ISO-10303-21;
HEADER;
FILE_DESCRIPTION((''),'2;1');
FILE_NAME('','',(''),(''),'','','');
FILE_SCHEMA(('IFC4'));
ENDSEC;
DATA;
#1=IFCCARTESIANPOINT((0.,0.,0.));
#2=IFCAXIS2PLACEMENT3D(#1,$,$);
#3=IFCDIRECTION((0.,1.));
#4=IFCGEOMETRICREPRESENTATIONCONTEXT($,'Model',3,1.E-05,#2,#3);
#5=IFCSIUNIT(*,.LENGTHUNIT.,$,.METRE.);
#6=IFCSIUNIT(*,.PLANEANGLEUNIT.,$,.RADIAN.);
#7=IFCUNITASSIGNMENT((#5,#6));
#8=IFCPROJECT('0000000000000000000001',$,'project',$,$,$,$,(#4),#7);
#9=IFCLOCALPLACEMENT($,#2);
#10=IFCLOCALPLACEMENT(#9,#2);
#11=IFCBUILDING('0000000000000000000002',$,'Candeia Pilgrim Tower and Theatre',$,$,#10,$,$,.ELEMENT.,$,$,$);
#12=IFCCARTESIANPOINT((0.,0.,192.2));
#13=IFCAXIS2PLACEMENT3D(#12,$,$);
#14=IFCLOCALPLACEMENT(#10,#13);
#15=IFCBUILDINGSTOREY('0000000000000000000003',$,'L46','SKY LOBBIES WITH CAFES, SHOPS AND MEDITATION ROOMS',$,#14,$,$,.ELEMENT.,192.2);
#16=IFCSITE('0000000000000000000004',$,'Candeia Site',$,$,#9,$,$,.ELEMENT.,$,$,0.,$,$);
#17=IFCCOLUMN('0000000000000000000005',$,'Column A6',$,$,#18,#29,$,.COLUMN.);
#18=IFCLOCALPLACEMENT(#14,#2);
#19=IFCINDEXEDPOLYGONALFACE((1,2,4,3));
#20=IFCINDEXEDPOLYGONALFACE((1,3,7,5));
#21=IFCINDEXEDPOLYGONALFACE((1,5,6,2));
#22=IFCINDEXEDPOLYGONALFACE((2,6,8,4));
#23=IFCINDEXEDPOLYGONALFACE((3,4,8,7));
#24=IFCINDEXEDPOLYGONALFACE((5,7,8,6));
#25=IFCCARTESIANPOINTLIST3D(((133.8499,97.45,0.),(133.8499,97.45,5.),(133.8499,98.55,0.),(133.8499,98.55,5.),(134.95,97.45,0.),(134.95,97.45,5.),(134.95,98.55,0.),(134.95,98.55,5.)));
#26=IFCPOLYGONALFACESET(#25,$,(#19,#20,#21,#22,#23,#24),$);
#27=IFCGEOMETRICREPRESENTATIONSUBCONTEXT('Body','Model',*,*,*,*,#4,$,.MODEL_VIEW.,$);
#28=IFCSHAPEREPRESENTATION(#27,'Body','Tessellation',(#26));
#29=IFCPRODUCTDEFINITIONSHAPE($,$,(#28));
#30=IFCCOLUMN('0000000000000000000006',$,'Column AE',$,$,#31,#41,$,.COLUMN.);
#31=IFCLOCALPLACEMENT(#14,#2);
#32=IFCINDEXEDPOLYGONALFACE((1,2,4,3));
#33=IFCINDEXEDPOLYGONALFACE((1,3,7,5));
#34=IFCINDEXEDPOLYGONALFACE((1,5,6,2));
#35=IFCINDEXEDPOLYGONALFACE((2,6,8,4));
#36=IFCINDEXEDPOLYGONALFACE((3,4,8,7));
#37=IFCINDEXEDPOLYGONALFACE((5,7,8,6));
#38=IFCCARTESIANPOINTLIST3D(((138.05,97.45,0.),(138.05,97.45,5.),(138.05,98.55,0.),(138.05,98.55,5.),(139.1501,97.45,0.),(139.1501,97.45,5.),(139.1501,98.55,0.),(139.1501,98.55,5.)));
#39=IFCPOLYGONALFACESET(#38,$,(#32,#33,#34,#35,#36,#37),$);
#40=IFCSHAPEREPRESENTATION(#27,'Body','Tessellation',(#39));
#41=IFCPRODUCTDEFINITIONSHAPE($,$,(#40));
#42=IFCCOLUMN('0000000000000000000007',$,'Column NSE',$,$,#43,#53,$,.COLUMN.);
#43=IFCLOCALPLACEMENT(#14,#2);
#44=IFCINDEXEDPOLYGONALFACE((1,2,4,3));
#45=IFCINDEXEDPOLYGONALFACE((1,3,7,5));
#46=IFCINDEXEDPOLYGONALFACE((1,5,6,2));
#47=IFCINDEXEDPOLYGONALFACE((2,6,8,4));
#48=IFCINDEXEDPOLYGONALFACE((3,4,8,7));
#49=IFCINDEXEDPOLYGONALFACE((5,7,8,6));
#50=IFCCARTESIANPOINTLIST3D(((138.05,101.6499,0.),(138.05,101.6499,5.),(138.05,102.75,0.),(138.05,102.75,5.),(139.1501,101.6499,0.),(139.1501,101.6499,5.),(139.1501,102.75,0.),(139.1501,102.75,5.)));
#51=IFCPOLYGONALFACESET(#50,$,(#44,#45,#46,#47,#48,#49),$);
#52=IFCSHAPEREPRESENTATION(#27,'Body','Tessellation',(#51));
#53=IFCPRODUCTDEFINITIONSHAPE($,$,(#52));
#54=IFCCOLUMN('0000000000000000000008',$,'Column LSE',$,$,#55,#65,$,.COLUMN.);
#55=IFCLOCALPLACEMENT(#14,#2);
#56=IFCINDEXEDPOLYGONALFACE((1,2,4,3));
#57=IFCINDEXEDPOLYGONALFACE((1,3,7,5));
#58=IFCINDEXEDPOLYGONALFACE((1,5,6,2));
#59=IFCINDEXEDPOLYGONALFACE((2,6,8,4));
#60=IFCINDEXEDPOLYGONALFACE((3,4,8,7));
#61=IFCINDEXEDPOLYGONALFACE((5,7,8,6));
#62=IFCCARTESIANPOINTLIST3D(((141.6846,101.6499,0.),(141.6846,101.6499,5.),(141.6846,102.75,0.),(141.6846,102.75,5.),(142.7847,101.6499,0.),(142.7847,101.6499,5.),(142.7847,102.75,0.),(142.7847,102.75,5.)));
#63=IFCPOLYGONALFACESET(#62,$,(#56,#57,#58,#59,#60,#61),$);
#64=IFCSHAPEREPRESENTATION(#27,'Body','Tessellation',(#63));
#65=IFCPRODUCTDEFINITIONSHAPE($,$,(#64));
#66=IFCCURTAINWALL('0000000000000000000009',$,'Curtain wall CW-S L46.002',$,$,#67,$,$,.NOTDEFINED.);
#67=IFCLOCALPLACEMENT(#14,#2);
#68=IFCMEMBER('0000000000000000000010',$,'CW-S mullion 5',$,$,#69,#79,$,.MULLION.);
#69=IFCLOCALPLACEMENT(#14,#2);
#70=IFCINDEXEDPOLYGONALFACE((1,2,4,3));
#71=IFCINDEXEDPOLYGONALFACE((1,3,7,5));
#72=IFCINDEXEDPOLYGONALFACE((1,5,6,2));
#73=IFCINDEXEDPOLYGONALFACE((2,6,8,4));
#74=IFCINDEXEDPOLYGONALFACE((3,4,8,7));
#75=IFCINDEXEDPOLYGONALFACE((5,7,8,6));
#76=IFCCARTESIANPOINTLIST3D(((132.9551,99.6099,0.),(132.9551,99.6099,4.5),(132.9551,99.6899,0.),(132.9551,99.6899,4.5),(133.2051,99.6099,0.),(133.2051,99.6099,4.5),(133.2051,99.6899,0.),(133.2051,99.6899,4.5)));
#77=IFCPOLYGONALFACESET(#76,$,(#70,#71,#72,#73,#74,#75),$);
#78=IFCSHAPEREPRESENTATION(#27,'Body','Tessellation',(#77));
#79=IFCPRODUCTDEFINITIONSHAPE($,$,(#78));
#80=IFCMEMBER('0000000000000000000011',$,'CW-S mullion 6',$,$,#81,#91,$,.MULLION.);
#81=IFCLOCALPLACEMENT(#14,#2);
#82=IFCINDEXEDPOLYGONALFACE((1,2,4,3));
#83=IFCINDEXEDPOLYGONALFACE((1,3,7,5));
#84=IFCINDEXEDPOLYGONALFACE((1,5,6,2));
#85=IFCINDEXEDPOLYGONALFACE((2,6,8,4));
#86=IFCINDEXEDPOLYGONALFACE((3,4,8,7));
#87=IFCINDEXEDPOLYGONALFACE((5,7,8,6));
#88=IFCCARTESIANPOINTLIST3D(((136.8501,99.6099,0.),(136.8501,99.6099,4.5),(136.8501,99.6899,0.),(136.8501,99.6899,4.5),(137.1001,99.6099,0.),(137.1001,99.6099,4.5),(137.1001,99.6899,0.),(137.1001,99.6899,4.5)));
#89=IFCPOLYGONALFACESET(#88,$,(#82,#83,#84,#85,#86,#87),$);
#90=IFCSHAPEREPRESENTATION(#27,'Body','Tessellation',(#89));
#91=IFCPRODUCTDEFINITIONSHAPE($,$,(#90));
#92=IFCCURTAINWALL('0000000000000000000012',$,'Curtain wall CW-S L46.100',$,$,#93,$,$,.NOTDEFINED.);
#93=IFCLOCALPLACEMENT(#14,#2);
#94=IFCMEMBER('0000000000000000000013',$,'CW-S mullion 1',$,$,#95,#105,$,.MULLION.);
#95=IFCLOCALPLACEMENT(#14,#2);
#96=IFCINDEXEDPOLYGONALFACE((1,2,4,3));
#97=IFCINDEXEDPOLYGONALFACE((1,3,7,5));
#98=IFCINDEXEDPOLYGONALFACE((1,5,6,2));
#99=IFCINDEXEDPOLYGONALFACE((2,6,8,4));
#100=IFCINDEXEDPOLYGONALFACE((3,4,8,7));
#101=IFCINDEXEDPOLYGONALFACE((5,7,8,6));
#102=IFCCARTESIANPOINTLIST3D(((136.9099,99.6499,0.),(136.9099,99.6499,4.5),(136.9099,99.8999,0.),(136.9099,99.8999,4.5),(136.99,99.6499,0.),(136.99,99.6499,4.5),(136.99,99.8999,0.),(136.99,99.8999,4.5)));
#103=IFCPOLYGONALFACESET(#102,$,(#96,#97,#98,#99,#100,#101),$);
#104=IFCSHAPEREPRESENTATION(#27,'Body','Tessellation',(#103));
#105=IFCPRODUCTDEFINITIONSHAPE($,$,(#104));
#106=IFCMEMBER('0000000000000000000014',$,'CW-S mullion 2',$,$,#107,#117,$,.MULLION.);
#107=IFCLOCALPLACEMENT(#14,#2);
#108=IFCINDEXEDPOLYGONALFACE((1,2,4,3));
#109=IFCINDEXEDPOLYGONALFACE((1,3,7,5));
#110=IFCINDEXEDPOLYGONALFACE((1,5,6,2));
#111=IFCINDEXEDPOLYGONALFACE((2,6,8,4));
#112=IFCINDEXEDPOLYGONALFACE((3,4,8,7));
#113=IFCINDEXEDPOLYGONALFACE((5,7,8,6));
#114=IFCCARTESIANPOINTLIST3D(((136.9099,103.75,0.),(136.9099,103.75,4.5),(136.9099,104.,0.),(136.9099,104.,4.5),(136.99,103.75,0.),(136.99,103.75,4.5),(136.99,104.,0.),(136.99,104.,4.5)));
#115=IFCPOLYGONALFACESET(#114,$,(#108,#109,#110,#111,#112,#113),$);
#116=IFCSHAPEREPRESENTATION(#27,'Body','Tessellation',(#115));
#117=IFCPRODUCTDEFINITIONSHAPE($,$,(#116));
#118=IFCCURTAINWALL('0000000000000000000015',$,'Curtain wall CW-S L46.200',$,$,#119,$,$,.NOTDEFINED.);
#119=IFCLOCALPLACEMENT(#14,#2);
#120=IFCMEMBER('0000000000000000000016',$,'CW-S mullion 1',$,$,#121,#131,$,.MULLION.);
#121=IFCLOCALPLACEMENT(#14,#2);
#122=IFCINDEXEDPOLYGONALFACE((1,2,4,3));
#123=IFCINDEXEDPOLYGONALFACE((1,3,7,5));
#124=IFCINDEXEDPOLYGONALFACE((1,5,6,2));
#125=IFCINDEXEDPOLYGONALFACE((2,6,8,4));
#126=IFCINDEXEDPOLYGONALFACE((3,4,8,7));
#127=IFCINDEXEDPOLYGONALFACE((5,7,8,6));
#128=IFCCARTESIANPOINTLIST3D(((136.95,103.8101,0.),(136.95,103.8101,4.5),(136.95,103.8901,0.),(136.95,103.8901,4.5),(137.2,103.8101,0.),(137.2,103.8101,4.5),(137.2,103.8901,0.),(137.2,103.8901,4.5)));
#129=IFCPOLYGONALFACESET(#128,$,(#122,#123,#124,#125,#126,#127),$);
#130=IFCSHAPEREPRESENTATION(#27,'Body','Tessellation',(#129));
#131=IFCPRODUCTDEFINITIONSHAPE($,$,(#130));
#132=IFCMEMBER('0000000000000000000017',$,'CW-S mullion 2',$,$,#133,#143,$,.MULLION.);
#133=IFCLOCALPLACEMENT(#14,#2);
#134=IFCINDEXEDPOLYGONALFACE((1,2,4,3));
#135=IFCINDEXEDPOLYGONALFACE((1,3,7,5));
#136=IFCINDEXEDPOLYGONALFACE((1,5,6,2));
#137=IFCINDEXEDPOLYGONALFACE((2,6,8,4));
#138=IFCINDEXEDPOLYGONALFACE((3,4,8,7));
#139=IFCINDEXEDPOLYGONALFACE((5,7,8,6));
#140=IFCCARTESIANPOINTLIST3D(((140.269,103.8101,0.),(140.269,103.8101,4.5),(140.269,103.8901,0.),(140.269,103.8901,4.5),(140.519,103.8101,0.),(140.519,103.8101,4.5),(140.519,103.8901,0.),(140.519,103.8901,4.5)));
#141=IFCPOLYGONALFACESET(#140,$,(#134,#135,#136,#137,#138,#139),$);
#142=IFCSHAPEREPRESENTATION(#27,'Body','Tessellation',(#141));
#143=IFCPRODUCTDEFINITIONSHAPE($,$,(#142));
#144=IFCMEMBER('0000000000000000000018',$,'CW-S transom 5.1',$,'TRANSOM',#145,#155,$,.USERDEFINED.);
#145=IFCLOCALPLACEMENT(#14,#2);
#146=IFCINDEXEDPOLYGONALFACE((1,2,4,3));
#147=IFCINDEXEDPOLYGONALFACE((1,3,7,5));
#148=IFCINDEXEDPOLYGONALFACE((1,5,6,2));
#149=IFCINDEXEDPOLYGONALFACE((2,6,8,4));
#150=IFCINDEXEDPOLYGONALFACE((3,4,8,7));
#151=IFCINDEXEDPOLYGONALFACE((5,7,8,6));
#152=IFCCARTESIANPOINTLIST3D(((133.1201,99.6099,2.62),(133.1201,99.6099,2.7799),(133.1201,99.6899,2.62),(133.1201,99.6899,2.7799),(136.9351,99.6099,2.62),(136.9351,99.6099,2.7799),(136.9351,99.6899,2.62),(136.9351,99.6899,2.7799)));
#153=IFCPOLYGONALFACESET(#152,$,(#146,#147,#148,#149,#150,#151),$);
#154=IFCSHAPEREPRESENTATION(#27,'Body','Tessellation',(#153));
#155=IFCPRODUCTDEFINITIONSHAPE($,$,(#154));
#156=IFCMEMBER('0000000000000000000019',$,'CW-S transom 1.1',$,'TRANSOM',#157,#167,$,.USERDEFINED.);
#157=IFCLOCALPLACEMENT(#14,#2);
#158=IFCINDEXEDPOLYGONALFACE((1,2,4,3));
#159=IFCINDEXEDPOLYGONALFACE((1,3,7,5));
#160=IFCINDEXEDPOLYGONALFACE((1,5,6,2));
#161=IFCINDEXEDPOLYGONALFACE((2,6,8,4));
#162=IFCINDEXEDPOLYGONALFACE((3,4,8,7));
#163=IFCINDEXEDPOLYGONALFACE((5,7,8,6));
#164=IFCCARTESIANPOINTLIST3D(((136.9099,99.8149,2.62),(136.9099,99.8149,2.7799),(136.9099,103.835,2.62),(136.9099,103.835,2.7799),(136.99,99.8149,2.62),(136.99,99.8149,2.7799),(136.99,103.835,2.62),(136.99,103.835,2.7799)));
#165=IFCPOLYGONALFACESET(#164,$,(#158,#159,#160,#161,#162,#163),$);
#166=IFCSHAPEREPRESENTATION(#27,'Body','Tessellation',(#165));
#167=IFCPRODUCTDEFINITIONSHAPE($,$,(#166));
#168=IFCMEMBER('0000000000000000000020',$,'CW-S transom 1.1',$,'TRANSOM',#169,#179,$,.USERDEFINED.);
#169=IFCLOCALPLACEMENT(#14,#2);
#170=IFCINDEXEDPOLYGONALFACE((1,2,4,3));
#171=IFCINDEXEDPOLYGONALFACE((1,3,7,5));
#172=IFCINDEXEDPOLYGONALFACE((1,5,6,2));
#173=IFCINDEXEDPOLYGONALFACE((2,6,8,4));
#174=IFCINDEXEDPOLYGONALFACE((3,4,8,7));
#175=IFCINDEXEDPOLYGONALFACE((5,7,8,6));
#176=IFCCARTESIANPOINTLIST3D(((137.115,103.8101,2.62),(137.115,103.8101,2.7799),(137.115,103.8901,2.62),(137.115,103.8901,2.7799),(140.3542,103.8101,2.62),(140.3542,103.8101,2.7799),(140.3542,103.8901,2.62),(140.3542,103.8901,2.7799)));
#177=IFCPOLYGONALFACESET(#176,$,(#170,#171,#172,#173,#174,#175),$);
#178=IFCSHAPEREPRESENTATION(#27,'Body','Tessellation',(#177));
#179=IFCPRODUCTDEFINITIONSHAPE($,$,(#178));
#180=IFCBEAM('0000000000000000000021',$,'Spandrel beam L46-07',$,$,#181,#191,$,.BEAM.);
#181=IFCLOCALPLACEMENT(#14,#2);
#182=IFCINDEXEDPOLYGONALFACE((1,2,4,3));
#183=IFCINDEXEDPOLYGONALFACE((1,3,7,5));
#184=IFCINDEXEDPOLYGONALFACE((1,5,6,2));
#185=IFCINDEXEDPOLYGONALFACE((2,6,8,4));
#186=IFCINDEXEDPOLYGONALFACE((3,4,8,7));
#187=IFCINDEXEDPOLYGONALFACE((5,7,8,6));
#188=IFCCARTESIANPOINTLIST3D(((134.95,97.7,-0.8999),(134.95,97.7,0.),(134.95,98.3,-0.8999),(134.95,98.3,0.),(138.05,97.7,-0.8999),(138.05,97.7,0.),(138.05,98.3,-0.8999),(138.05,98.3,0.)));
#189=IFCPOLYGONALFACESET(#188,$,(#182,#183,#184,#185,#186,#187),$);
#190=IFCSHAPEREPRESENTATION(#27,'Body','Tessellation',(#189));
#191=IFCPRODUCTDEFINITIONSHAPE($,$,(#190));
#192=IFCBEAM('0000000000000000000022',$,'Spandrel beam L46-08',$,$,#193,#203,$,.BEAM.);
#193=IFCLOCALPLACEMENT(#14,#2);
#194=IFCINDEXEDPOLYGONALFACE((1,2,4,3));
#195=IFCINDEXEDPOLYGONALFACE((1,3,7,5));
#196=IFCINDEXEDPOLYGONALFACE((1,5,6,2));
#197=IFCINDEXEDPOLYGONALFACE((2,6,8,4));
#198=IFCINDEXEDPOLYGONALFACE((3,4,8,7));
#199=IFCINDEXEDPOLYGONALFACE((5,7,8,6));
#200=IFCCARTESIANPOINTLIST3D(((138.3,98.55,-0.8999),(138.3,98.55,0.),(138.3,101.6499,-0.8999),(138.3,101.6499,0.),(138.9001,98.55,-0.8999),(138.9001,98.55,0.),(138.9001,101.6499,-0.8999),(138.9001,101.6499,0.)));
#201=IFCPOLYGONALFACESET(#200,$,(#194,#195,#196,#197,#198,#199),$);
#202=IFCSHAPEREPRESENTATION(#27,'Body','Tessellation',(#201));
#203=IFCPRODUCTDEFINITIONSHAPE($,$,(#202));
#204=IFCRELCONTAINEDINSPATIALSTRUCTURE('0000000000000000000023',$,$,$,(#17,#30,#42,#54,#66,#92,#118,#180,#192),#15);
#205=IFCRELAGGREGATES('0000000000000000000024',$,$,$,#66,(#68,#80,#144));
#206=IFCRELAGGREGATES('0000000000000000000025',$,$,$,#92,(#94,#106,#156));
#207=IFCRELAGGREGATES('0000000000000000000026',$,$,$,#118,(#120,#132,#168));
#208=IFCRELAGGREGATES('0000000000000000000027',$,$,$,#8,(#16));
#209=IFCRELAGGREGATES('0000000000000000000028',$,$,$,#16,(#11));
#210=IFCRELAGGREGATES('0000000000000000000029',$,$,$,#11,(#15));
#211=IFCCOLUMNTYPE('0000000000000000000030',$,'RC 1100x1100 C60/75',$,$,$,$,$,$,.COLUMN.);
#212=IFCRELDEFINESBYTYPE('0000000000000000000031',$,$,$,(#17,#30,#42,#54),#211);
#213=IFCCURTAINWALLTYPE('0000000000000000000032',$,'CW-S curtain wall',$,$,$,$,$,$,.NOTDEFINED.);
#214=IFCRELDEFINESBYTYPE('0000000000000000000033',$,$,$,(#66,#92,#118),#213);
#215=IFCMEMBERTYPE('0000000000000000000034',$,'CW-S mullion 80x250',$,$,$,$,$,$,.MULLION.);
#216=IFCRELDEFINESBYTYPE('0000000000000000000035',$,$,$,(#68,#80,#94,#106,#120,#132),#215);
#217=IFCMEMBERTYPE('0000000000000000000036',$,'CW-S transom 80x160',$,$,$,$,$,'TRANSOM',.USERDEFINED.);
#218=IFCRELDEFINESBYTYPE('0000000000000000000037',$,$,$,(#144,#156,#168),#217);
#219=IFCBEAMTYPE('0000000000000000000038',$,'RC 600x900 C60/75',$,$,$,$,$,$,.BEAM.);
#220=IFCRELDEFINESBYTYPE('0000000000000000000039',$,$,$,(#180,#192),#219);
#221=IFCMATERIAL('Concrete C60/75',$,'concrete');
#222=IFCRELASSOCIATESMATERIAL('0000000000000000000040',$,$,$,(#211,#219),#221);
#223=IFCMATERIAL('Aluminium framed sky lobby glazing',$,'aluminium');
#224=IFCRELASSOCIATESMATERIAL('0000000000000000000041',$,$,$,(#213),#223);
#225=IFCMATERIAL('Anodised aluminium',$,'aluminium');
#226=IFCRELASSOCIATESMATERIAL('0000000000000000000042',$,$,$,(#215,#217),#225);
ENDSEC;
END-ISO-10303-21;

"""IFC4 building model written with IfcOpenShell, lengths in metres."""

from ifc_helpers import new_model, si_unit, direction, frame, origin, origin_2d, place, context, subcontext, project, spatial, rectangle, extrude, material, material_profile, profile_set, type_object, element, aggregate, save


model = new_model("IFC4")

# Units and contexts
model_context = context("Model", 3, precision=1e-05, world=origin(), true_north=direction((0.0, 1.0)))
body_context = subcontext(model_context, "Body", "Model", "MODEL_VIEW")
ifc_project = project(units=[si_unit("LENGTHUNIT", "METRE"), si_unit("PLANEANGLEUNIT", "RADIAN")], contexts=[model_context])

# Site, building, storey
site_placement = place(None, origin())
site = spatial("IfcSite", under=ifc_project, at=site_placement, Name="Candeia Site", CompositionType="ELEMENT", RefElevation=0.0)
building_placement = place(site_placement, origin())
building = spatial("IfcBuilding", under=site, at=building_placement, Name="Candeia Pilgrim Tower and Theatre", CompositionType="ELEMENT")
storey_placement = place(building_placement, frame((0.0, 0.0, 192.2)))
storey = spatial("IfcBuildingStorey", under=building, at=storey_placement, Name="L46", Description="SKY LOBBIES WITH CAFES, SHOPS AND MEDITATION ROOMS", CompositionType="ELEMENT", Elevation=192.2)

# Columns
ifc_material_1 = material(Name="Concrete C60/75", Category="concrete")
ifc_material_profile_1 = material_profile(ifc_material_1, rectangle(XDim=1.1001, YDim=1.1001, at=origin_2d()))
ifc_profile_set_1 = profile_set([ifc_material_profile_1], Name="Concrete C60/75")
column_type = type_object("IfcColumnType", Name="RC 1100x1100 C60/75", PredefinedType="COLUMN", material=ifc_profile_set_1)
for number, where, z_axis, x_axis, name in (
    (1, (134.3999, 98.0, 0.0), (0.0, 0.0, 1.0), (1.0, 0.0, 0.0), "Column A6"),
    (2, (138.6001, 98.0, 0.0), (0.0, 0.0, 1.0), (1.0, 0.0, 0.0), "Column AE"),
    (3, (138.6001, 102.2, 0.0), (0.0, 0.0, 1.0), (1.0, 0.0, 0.0), "Column NSE"),
    (4, (142.2346, 102.2, 0.0), (0.0, 0.0, 1.0), (1.0, 0.0, 0.0), "Column LSE"),
):
    element("IfcColumn", number, at=place(storey_placement, frame(where, z_axis=z_axis, x_axis=x_axis)), inside=storey, type_object=column_type, Name=name, PredefinedType="COLUMN", context=body_context, shape_type="SweptSolid", body=[
        extrude(rectangle(XDim=1.1001, YDim=1.1001, at=origin_2d()), origin(), (0.0, 0.0, 1.0), 5.0),
    ])

# Curtain walls, members
ifc_material_2 = material(Name="Aluminium framed sky lobby glazing", Category="aluminium")
curtain_wall_type = type_object("IfcCurtainWallType", Name="CW-S curtain wall", PredefinedType="NOTDEFINED", material=ifc_material_2)
curtain_wall_1_placement = place(storey_placement, origin())
curtain_wall_1 = element("IfcCurtainWall", 5, at=curtain_wall_1_placement, inside=storey, type_object=curtain_wall_type, Name="Curtain wall CW-S L46.002", PredefinedType="NOTDEFINED")
ifc_material_3 = material(Name="Anodised aluminium", Category="aluminium")
ifc_material_profile_2 = material_profile(ifc_material_3, rectangle(XDim=0.0801, YDim=0.25, at=origin_2d()))
ifc_profile_set_2 = profile_set([ifc_material_profile_2], Name="Anodised aluminium")
member_type_1 = type_object("IfcMemberType", Name="CW-S mullion 80x250", PredefinedType="MULLION", material=ifc_profile_set_2)
member_1_placement = place(storey_placement, frame((133.0801, 99.6499, 0.0), z_axis=(0.0, 0.0, 1.0), x_axis=(0.0, 1.0, 0.0)))
member_1 = element("IfcMember", 6, at=member_1_placement, type_object=member_type_1, Name="CW-S mullion 5", PredefinedType="MULLION", context=body_context, shape_type="SweptSolid", body=[
    extrude(rectangle(XDim=0.0801, YDim=0.25, at=origin_2d()), origin(), (0.0, 0.0, 1.0), 4.5),
])
member_2_placement = place(storey_placement, frame((136.9751, 99.6499, 0.0), z_axis=(0.0, 0.0, 1.0), x_axis=(0.0, 1.0, 0.0)))
member_2 = element("IfcMember", 7, at=member_2_placement, type_object=member_type_1, Name="CW-S mullion 6", PredefinedType="MULLION", context=body_context, shape_type="SweptSolid", body=[
    extrude(rectangle(XDim=0.0801, YDim=0.25, at=origin_2d()), origin(), (0.0, 0.0, 1.0), 4.5),
])
curtain_wall_2_placement = place(storey_placement, origin())
curtain_wall_2 = element("IfcCurtainWall", 8, at=curtain_wall_2_placement, inside=storey, type_object=curtain_wall_type, Name="Curtain wall CW-S L46.100", PredefinedType="NOTDEFINED")
member_3_placement = place(storey_placement, frame((136.95, 99.7749, 0.0), z_axis=(0.0, 0.0, 1.0), x_axis=(-1.0, 0.0, 0.0)))
member_3 = element("IfcMember", 9, at=member_3_placement, type_object=member_type_1, Name="CW-S mullion 1", PredefinedType="MULLION", context=body_context, shape_type="SweptSolid", body=[
    extrude(rectangle(XDim=0.0801, YDim=0.25, at=origin_2d()), origin(), (0.0, 0.0, 1.0), 4.5),
])
member_4_placement = place(storey_placement, frame((136.95, 103.875, 0.0), z_axis=(0.0, 0.0, 1.0), x_axis=(-1.0, 0.0, 0.0)))
member_4 = element("IfcMember", 10, at=member_4_placement, type_object=member_type_1, Name="CW-S mullion 2", PredefinedType="MULLION", context=body_context, shape_type="SweptSolid", body=[
    extrude(rectangle(XDim=0.0801, YDim=0.25, at=origin_2d()), origin(), (0.0, 0.0, 1.0), 4.5),
])
curtain_wall_3_placement = place(storey_placement, origin())
curtain_wall_3 = element("IfcCurtainWall", 11, at=curtain_wall_3_placement, inside=storey, type_object=curtain_wall_type, Name="Curtain wall CW-S L46.200", PredefinedType="NOTDEFINED")
member_5_placement = place(storey_placement, frame((137.075, 103.8501, 0.0), z_axis=(0.0, 0.0, 1.0), x_axis=(0.0, 1.0, 0.0)))
member_5 = element("IfcMember", 12, at=member_5_placement, type_object=member_type_1, Name="CW-S mullion 1", PredefinedType="MULLION", context=body_context, shape_type="SweptSolid", body=[
    extrude(rectangle(XDim=0.0801, YDim=0.25, at=origin_2d()), origin(), (0.0, 0.0, 1.0), 4.5),
])
member_6_placement = place(storey_placement, frame((140.394, 103.8501, 0.0), z_axis=(0.0, 0.0, 1.0), x_axis=(0.0, 1.0, 0.0)))
member_6 = element("IfcMember", 13, at=member_6_placement, type_object=member_type_1, Name="CW-S mullion 2", PredefinedType="MULLION", context=body_context, shape_type="SweptSolid", body=[
    extrude(rectangle(XDim=0.0801, YDim=0.25, at=origin_2d()), origin(), (0.0, 0.0, 1.0), 4.5),
])

# Members
ifc_material_profile_3 = material_profile(ifc_material_3, rectangle(XDim=0.0801, YDim=0.1599, at=origin_2d()))
ifc_profile_set_3 = profile_set([ifc_material_profile_3], Name="Anodised aluminium")
member_type_2 = type_object("IfcMemberType", Name="CW-S transom 80x160", ElementType="TRANSOM", PredefinedType="USERDEFINED", material=ifc_profile_set_3)
member_7_placement = place(storey_placement, frame((133.1201, 99.6499, 2.7), z_axis=(1.0, 0.0, 0.0), x_axis=(0.0, 1.0, 0.0)))
member_7 = element("IfcMember", 14, at=member_7_placement, type_object=member_type_2, Name="CW-S transom 5.1", ObjectType="TRANSOM", PredefinedType="USERDEFINED", context=body_context, shape_type="SweptSolid", body=[
    extrude(rectangle(XDim=0.0801, YDim=0.1599, at=origin_2d()), origin(), (0.0, 0.0, 1.0), 3.8149),
])
member_8_placement = place(storey_placement, frame((136.95, 99.8149, 2.7), z_axis=(0.0, 1.0, 0.0), x_axis=(-1.0, 0.0, 0.0)))
member_8 = element("IfcMember", 15, at=member_8_placement, type_object=member_type_2, Name="CW-S transom 1.1", ObjectType="TRANSOM", PredefinedType="USERDEFINED", context=body_context, shape_type="SweptSolid", body=[
    extrude(rectangle(XDim=0.0801, YDim=0.1599, at=origin_2d()), origin(), (0.0, 0.0, 1.0), 4.02),
])
member_9_placement = place(storey_placement, frame((137.115, 103.8501, 2.7), z_axis=(1.0, 0.0, 0.0), x_axis=(0.0, 1.0, 0.0)))
member_9 = element("IfcMember", 16, at=member_9_placement, type_object=member_type_2, Name="CW-S transom 1.1", ObjectType="TRANSOM", PredefinedType="USERDEFINED", context=body_context, shape_type="SweptSolid", body=[
    extrude(rectangle(XDim=0.0801, YDim=0.1599, at=origin_2d()), origin(), (0.0, 0.0, 1.0), 3.2393),
])

# Beams
ifc_material_profile_4 = material_profile(ifc_material_1, rectangle(XDim=0.6001, YDim=0.8999, at=origin_2d()))
ifc_profile_set_4 = profile_set([ifc_material_profile_4], Name="Concrete C60/75")
beam_type = type_object("IfcBeamType", Name="RC 600x900 C60/75", PredefinedType="BEAM", material=ifc_profile_set_4)
beam_1_placement = place(storey_placement, frame((134.95, 98.0, -0.45), z_axis=(1.0, 0.0, 0.0), x_axis=(0.0, 1.0, 0.0)))
element("IfcBeam", 17, at=beam_1_placement, inside=storey, type_object=beam_type, Name="Spandrel beam L46-07", PredefinedType="BEAM", context=body_context, shape_type="SweptSolid", body=[
    extrude(rectangle(XDim=0.6001, YDim=0.8999, at=origin_2d()), origin(), (0.0, 0.0, 1.0), 3.1001),
])
beam_2_placement = place(storey_placement, frame((138.6001, 98.55, -0.45), z_axis=(0.0, 1.0, 0.0), x_axis=(-1.0, 0.0, 0.0)))
element("IfcBeam", 18, at=beam_2_placement, inside=storey, type_object=beam_type, Name="Spandrel beam L46-08", PredefinedType="BEAM", context=body_context, shape_type="SweptSolid", body=[
    extrude(rectangle(XDim=0.6001, YDim=0.8999, at=origin_2d()), origin(), (0.0, 0.0, 1.0), 3.0999),
])

aggregate(curtain_wall_1, [member_1, member_2, member_7])
aggregate(curtain_wall_2, [member_3, member_4, member_8])
aggregate(curtain_wall_3, [member_5, member_6, member_9])

save(model, "model.ifc")
